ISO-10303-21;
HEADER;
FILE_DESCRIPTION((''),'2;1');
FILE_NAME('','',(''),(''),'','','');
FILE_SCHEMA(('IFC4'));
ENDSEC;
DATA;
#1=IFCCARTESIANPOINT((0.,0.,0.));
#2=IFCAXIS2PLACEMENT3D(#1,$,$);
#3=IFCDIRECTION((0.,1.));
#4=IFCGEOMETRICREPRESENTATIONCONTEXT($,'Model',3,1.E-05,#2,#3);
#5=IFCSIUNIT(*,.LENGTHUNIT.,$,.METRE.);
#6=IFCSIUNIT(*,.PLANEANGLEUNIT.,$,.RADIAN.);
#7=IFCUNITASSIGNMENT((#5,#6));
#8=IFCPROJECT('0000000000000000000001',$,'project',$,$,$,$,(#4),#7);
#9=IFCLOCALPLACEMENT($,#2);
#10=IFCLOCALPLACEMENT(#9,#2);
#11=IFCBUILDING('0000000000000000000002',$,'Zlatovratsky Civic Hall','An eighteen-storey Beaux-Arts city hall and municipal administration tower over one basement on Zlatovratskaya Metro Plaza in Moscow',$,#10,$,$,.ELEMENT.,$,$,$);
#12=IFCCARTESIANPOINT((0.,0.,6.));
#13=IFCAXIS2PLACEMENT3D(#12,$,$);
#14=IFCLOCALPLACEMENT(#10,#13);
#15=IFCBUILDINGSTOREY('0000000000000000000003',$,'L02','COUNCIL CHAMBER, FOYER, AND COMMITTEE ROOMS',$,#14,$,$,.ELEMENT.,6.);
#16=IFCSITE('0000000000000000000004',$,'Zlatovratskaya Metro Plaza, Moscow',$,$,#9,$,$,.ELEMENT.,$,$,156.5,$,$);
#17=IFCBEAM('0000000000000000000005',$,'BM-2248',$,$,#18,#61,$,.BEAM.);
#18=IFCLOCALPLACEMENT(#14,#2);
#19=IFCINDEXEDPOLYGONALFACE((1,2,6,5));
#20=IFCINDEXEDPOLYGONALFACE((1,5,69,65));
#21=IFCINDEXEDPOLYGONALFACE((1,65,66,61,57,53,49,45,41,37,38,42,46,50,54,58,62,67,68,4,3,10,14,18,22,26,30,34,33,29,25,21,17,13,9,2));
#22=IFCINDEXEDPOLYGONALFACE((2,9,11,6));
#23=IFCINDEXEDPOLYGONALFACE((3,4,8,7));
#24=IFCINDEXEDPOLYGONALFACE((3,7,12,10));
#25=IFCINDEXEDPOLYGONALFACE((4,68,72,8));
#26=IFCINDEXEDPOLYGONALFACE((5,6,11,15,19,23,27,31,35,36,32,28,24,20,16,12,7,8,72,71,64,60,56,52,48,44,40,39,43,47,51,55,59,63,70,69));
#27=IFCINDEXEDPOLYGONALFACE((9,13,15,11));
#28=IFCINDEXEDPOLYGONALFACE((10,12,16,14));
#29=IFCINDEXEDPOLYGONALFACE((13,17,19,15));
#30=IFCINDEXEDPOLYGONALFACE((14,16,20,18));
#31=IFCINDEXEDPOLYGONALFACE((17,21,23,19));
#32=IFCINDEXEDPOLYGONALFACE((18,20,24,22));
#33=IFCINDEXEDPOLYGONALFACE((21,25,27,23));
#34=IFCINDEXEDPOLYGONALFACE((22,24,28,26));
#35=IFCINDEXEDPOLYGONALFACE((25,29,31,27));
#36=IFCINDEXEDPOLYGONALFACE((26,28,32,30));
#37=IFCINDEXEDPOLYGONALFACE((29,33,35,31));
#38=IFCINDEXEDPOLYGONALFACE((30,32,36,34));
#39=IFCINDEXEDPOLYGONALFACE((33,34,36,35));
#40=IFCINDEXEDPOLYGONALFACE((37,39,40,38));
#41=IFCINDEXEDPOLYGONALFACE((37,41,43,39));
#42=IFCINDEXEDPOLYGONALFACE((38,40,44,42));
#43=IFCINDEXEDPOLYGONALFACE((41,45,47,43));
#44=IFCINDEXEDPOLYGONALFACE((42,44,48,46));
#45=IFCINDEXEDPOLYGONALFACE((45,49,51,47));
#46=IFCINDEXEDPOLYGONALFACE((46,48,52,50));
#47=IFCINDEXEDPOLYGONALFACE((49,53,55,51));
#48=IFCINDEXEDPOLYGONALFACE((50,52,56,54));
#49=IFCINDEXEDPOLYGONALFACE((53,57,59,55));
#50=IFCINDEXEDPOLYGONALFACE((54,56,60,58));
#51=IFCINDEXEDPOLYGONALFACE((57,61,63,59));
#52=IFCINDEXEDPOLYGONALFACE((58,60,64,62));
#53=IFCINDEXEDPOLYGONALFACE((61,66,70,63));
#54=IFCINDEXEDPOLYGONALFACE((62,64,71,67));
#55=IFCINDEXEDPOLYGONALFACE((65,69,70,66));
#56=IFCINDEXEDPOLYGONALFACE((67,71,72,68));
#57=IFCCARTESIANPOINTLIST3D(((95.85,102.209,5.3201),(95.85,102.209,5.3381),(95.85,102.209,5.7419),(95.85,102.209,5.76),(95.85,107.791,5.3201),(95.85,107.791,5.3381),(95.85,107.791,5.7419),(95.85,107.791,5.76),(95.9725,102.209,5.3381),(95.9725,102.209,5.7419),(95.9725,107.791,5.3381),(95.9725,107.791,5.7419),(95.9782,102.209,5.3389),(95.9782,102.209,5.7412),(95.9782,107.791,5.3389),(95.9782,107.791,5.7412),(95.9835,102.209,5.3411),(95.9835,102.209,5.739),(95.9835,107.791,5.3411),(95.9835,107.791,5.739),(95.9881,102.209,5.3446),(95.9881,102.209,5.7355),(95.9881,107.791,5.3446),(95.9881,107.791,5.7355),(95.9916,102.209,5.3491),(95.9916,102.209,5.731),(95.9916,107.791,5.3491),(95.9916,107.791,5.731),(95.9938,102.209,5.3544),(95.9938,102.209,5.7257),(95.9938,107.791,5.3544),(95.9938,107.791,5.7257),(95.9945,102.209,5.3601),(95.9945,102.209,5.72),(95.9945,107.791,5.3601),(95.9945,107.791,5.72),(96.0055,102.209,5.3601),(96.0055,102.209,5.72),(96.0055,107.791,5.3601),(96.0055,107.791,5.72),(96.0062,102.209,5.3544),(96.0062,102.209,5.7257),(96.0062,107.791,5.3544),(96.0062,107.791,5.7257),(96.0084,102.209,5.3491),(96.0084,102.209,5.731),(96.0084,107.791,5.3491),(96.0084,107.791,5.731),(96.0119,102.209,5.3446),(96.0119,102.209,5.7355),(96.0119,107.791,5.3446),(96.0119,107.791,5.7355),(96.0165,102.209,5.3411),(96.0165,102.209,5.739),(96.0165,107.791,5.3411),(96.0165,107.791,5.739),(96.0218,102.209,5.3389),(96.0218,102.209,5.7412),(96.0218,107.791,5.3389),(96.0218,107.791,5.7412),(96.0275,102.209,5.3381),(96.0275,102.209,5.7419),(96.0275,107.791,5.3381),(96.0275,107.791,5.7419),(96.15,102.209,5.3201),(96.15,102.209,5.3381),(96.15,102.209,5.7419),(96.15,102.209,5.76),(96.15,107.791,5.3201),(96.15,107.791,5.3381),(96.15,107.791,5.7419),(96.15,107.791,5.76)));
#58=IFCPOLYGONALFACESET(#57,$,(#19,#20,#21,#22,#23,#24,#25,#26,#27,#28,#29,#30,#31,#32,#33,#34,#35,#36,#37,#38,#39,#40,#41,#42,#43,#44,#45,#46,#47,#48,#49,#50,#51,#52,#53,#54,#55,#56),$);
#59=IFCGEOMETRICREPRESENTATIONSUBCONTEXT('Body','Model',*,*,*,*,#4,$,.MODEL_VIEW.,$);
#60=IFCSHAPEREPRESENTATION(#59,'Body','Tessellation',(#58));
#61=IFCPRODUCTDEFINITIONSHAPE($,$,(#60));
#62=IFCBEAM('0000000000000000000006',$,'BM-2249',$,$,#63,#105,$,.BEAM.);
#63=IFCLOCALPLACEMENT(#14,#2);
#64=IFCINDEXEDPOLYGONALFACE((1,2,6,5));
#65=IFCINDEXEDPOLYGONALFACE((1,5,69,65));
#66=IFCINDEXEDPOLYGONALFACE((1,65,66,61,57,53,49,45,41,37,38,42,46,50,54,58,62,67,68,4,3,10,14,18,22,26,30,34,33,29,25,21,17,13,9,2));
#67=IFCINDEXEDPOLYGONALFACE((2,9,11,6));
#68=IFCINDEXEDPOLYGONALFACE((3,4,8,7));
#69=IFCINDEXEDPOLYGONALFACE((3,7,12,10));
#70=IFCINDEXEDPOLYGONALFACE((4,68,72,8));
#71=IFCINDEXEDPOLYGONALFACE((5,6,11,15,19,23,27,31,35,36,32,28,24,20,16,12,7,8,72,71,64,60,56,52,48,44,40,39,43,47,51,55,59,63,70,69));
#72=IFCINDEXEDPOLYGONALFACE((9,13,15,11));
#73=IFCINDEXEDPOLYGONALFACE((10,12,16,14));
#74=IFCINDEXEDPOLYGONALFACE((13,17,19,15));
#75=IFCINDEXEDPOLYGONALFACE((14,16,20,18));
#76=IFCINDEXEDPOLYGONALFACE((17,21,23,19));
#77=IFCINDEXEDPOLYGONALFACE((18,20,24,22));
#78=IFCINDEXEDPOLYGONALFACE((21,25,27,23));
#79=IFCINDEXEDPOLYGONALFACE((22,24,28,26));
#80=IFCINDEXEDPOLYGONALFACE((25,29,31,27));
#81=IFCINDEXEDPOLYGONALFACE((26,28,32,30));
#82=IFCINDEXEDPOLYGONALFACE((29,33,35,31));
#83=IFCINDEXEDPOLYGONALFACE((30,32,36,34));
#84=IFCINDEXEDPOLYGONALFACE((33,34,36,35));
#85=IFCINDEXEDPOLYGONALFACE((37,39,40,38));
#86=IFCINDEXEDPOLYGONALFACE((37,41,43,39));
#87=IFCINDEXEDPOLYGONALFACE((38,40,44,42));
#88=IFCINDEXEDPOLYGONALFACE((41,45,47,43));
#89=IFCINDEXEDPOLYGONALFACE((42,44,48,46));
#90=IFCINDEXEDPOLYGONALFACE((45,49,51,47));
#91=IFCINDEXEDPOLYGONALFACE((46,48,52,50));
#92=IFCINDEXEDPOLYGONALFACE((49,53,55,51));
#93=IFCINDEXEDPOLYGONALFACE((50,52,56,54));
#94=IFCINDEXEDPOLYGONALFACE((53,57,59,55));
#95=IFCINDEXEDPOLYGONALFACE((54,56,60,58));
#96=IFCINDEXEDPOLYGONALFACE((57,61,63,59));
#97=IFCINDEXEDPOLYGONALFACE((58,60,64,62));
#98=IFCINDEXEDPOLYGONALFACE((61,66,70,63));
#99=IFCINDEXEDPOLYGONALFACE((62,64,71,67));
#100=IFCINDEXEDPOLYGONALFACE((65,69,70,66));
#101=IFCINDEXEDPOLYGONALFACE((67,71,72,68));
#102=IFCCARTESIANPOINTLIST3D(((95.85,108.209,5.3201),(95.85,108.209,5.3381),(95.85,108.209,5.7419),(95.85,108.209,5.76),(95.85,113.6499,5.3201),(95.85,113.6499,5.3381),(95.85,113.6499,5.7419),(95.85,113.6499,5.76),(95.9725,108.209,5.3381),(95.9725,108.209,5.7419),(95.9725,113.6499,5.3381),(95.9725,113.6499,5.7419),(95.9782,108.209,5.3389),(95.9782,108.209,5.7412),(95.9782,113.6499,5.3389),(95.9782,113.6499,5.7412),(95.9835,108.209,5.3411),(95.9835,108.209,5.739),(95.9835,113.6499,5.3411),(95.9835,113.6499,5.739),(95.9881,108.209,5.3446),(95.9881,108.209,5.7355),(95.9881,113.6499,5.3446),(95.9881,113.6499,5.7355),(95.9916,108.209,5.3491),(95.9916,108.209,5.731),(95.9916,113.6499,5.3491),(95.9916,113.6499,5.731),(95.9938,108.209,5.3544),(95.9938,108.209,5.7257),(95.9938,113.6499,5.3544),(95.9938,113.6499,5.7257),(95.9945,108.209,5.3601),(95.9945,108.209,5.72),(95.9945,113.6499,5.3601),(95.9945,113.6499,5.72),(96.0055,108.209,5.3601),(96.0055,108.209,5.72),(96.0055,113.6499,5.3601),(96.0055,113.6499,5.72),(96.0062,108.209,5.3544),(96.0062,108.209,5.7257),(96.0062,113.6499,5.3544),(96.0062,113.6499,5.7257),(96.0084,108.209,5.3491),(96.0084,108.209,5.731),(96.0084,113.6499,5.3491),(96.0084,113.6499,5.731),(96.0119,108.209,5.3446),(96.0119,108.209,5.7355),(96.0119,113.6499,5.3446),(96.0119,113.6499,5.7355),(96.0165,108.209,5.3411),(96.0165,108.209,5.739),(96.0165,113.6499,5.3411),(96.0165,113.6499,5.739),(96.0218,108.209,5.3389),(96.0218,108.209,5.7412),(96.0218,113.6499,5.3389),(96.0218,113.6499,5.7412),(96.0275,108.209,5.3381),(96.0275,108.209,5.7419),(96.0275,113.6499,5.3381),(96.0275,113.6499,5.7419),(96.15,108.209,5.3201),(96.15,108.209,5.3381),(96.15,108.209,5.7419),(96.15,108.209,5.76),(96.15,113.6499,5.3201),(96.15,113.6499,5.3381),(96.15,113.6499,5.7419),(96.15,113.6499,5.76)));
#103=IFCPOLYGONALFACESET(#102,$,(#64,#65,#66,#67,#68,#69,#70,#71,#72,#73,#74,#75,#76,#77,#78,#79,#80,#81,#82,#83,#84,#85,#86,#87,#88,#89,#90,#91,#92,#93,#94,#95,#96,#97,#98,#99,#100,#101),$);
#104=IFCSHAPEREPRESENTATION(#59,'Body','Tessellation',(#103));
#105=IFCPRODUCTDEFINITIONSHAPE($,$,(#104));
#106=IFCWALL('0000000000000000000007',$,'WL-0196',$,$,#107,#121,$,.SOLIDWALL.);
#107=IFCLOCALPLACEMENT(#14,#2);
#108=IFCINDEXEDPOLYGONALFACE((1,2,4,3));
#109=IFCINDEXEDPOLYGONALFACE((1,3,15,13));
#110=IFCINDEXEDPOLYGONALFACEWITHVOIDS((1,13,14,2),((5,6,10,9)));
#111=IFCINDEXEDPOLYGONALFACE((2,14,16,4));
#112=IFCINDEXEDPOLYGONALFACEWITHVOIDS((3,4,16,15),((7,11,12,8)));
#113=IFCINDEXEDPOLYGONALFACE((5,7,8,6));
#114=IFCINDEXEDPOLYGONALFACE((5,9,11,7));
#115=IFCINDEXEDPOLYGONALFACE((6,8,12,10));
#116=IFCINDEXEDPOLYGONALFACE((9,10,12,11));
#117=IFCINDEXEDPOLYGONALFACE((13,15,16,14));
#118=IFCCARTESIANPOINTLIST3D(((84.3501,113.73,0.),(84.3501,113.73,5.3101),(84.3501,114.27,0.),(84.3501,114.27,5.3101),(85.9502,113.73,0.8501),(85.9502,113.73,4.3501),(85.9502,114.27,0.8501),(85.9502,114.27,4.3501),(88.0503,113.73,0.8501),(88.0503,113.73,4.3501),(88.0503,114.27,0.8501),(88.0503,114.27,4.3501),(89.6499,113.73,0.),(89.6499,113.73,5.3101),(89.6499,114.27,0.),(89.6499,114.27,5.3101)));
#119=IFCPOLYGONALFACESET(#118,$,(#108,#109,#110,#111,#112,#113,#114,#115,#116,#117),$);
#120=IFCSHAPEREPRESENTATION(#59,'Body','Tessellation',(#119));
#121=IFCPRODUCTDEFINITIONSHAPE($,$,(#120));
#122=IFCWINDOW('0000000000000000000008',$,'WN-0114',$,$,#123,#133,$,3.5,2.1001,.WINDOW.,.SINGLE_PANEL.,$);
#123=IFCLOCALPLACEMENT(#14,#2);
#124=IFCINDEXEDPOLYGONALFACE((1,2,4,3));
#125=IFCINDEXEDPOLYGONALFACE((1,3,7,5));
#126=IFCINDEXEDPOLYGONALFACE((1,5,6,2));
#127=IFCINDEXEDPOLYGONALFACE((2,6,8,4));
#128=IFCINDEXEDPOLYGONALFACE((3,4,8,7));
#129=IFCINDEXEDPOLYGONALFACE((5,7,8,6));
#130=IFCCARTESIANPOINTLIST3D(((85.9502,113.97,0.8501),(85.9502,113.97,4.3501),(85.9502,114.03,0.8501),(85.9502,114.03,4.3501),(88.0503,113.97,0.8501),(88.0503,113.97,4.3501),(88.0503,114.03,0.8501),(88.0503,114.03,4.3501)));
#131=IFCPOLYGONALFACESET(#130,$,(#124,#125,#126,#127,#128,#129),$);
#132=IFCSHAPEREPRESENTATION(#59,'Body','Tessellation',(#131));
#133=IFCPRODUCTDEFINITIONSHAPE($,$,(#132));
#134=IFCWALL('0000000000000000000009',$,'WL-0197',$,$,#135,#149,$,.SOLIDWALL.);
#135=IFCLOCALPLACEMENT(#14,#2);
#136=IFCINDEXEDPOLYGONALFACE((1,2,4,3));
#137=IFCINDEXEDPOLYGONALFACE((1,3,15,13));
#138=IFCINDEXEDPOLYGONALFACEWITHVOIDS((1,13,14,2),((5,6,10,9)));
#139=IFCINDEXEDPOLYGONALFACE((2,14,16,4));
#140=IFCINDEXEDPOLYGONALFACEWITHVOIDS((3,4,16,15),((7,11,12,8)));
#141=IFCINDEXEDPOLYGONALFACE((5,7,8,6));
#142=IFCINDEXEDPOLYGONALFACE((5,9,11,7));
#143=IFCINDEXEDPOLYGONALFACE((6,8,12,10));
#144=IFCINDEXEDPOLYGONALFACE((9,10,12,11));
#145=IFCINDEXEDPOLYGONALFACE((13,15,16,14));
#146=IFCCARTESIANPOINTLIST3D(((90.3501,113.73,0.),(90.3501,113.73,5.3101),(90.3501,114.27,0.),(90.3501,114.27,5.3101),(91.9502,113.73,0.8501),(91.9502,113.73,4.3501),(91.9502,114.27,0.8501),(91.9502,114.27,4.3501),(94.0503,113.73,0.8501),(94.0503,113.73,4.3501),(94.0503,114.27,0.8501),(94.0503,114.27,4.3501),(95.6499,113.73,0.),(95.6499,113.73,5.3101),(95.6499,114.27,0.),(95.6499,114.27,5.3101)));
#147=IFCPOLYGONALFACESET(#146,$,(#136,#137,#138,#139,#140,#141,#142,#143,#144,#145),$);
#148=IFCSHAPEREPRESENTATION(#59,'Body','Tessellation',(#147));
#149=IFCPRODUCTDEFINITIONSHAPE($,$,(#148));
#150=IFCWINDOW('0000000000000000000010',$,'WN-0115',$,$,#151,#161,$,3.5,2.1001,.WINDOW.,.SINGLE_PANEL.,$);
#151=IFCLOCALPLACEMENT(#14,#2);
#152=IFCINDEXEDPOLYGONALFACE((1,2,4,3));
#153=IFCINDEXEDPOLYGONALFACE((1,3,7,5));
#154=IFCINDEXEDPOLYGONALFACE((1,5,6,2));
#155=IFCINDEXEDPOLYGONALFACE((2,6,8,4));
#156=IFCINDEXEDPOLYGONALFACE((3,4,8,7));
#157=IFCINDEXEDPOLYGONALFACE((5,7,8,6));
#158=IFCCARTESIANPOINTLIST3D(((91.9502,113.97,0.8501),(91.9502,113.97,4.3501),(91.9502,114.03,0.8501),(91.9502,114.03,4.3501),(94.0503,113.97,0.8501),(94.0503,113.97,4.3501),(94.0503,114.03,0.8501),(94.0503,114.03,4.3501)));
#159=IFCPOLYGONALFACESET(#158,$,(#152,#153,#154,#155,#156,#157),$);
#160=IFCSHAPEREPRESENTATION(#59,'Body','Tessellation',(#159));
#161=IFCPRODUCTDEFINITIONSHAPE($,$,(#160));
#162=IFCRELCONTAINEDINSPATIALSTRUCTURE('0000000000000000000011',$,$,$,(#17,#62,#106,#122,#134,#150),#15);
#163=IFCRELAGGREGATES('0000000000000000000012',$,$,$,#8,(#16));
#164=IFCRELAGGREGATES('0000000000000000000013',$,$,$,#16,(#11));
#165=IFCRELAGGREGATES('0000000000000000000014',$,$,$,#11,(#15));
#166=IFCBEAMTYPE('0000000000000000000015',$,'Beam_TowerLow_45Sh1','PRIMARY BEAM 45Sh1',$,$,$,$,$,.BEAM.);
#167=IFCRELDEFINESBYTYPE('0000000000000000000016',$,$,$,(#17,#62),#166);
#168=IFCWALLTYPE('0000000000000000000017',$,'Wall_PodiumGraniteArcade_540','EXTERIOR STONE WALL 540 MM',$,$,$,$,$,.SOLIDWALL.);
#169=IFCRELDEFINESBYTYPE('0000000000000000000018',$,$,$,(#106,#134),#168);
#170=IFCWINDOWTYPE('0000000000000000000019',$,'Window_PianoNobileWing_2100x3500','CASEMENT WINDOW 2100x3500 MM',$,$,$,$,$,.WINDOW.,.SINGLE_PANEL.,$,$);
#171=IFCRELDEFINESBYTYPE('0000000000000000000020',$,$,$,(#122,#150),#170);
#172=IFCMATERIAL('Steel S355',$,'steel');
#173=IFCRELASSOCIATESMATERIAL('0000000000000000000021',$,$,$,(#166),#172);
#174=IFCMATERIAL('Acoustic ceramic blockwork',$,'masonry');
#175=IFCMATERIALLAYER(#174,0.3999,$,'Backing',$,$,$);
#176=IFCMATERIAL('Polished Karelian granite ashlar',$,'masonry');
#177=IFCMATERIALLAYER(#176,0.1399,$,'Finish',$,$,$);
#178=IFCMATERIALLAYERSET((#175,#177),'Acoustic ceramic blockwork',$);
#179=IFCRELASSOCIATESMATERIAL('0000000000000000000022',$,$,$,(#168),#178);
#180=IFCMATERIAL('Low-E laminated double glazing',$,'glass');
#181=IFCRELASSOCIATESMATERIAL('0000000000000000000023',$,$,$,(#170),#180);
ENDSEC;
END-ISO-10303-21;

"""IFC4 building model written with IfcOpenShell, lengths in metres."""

from ifc_helpers import new_model, si_unit, direction, frame, frame_2d, origin, origin_2d, place, context, subcontext, project, spatial, rectangle, i_section, extrude, material, layer, layer_set, material_profile, profile_set, type_object, element, fill, save


model = new_model("IFC4")

# Units and contexts
model_context = context("Model", 3, precision=1e-05, world=origin(), true_north=direction((0.0, 1.0)))
body_context = subcontext(model_context, "Body", "Model", "MODEL_VIEW")
ifc_project = project(units=[si_unit("LENGTHUNIT", "METRE"), si_unit("PLANEANGLEUNIT", "RADIAN")], contexts=[model_context])

# Site, building, storey
site_placement = place(None, origin())
site = spatial("IfcSite", under=ifc_project, at=site_placement, Name="Zlatovratskaya Metro Plaza, Moscow", CompositionType="ELEMENT", RefElevation=156.5)
building_placement = place(site_placement, origin())
building = spatial("IfcBuilding", under=site, at=building_placement, Name="Zlatovratsky Civic Hall", Description="An eighteen-storey Beaux-Arts city hall and municipal administration tower over one basement on Zlatovratskaya Metro Plaza in Moscow", CompositionType="ELEMENT")
storey_placement = place(building_placement, frame((0.0, 0.0, 6.0)))
storey = spatial("IfcBuildingStorey", under=building, at=storey_placement, Name="L02", Description="COUNCIL CHAMBER, FOYER, AND COMMITTEE ROOMS", CompositionType="ELEMENT", Elevation=6.0)

# Shared definitions
ifc_material_1 = material(Name="Steel S355", Category="steel")

# Beams
ifc_material_profile_1 = material_profile(ifc_material_1, i_section(OverallWidth=0.3, OverallDepth=0.4399, WebThickness=0.011, FlangeThickness=0.0181, FilletRadius=0.022, at=origin_2d()), Name="45Sh1")
ifc_profile_set_1 = profile_set([ifc_material_profile_1], Name="Steel S355")
beam_type_1 = type_object("IfcBeamType", Name="Beam_TowerLow_45Sh1", Description="PRIMARY BEAM 45Sh1", PredefinedType="BEAM", material=ifc_profile_set_1)
beam_1_placement = place(storey_placement, frame((96.0, 102.209, 5.54), z_axis=(0.0, 1.0, 0.0), x_axis=(-1.0, 0.0, 0.0)))
element("IfcBeam", 1, at=beam_1_placement, inside=storey, type_object=beam_type_1, Name="BM-2248", PredefinedType="BEAM", context=body_context, shape_type="SweptSolid", body=[
    extrude(i_section(OverallWidth=0.3, OverallDepth=0.4399, WebThickness=0.011, FlangeThickness=0.0181, FilletRadius=0.022, at=origin_2d()), origin(), (0.0, 0.0, 1.0), 5.582),
])
beam_2_placement = place(storey_placement, frame((96.0, 108.209, 5.54), z_axis=(0.0, 1.0, 0.0), x_axis=(-1.0, 0.0, 0.0)))
element("IfcBeam", 2, at=beam_2_placement, inside=storey, type_object=beam_type_1, Name="BM-2249", PredefinedType="BEAM", context=body_context, shape_type="SweptSolid", body=[
    extrude(i_section(OverallWidth=0.3, OverallDepth=0.4399, WebThickness=0.011, FlangeThickness=0.0181, FilletRadius=0.022, at=origin_2d()), origin(), (0.0, 0.0, 1.0), 5.4409),
])

# Walls, openings, windows
ifc_material_2 = material(Name="Acoustic ceramic blockwork", Category="masonry")
ifc_layer_1 = layer(ifc_material_2, 0.3999, Name="Backing")
ifc_material_3 = material(Name="Polished Karelian granite ashlar", Category="masonry")
ifc_layer_2 = layer(ifc_material_3, 0.1399, Name="Finish")
ifc_layer_set = layer_set([ifc_layer_1, ifc_layer_2], Name="Acoustic ceramic blockwork")
wall_type = type_object("IfcWallType", Name="Wall_PodiumGraniteArcade_540", Description="EXTERIOR STONE WALL 540 MM", PredefinedType="SOLIDWALL", material=ifc_layer_set)
wall_1_placement = place(storey_placement, frame((84.3501, 114.0, 0.0), z_axis=(0.0, 0.0, 1.0), x_axis=(1.0, 0.0, 0.0)))
wall_1 = element("IfcWall", 3, at=wall_1_placement, inside=storey, type_object=wall_type, Name="WL-0196", PredefinedType="SOLIDWALL", context=body_context, shape_type="SweptSolid", body=[
    extrude(rectangle(XDim=5.2998, YDim=0.54, at=frame_2d((2.6499, 0.0))), origin(), (0.0, 0.0, 1.0), 5.3101),
])
opening_1_placement = place(wall_1_placement, frame((1.6001, 0.0, 0.8501)))
opening_1 = element("IfcOpeningElement", 4, at=opening_1_placement, cuts=wall_1, PredefinedType="OPENING", context=body_context, shape_type="SweptSolid", body=[
    extrude(rectangle(XDim=2.1001, YDim=3.5, at=frame_2d((1.05, 1.75))), frame((0.0, 0.2849, 0.0), z_axis=(0.0, -1.0, 0.0), x_axis=(1.0, 0.0, 0.0)), (0.0, 0.0, 1.0), 0.5698),
])
ifc_material_4 = material(Name="Low-E laminated double glazing", Category="glass")
window_type = type_object("IfcWindowType", Name="Window_PianoNobileWing_2100x3500", Description="CASEMENT WINDOW 2100x3500 MM", PartitioningType="SINGLE_PANEL", PredefinedType="WINDOW", material=ifc_material_4)
window_1_placement = place(opening_1_placement, origin())
window_1 = element("IfcWindow", 5, at=window_1_placement, inside=storey, type_object=window_type, Name="WN-0114", OverallHeight=3.5, OverallWidth=2.1001, PartitioningType="SINGLE_PANEL", PredefinedType="WINDOW", context=body_context, shape_type="SweptSolid", body=[
    extrude(rectangle(XDim=2.1001, YDim=3.5, at=frame_2d((1.05, 1.75))), frame((0.0, 0.03, 0.0), z_axis=(0.0, -1.0, 0.0), x_axis=(1.0, 0.0, 0.0)), (0.0, 0.0, 1.0), 0.0601),
])
fill(opening_1, window_1)
wall_2_placement = place(storey_placement, frame((90.3501, 114.0, 0.0), z_axis=(0.0, 0.0, 1.0), x_axis=(1.0, 0.0, 0.0)))
wall_2 = element("IfcWall", 6, at=wall_2_placement, inside=storey, type_object=wall_type, Name="WL-0197", PredefinedType="SOLIDWALL", context=body_context, shape_type="SweptSolid", body=[
    extrude(rectangle(XDim=5.2998, YDim=0.54, at=frame_2d((2.6499, 0.0))), origin(), (0.0, 0.0, 1.0), 5.3101),
])
opening_2_placement = place(wall_2_placement, frame((1.6001, 0.0, 0.8501)))
opening_2 = element("IfcOpeningElement", 7, at=opening_2_placement, cuts=wall_2, PredefinedType="OPENING", context=body_context, shape_type="SweptSolid", body=[
    extrude(rectangle(XDim=2.1001, YDim=3.5, at=frame_2d((1.05, 1.75))), frame((0.0, 0.2849, 0.0), z_axis=(0.0, -1.0, 0.0), x_axis=(1.0, 0.0, 0.0)), (0.0, 0.0, 1.0), 0.5698),
])
window_2_placement = place(opening_2_placement, origin())
window_2 = element("IfcWindow", 8, at=window_2_placement, inside=storey, type_object=window_type, Name="WN-0115", OverallHeight=3.5, OverallWidth=2.1001, PartitioningType="SINGLE_PANEL", PredefinedType="WINDOW", context=body_context, shape_type="SweptSolid", body=[
    extrude(rectangle(XDim=2.1001, YDim=3.5, at=frame_2d((1.05, 1.75))), frame((0.0, 0.03, 0.0), z_axis=(0.0, -1.0, 0.0), x_axis=(1.0, 0.0, 0.0)), (0.0, 0.0, 1.0), 0.0601),
])
fill(opening_2, window_2)

save(model, "model.ifc")
